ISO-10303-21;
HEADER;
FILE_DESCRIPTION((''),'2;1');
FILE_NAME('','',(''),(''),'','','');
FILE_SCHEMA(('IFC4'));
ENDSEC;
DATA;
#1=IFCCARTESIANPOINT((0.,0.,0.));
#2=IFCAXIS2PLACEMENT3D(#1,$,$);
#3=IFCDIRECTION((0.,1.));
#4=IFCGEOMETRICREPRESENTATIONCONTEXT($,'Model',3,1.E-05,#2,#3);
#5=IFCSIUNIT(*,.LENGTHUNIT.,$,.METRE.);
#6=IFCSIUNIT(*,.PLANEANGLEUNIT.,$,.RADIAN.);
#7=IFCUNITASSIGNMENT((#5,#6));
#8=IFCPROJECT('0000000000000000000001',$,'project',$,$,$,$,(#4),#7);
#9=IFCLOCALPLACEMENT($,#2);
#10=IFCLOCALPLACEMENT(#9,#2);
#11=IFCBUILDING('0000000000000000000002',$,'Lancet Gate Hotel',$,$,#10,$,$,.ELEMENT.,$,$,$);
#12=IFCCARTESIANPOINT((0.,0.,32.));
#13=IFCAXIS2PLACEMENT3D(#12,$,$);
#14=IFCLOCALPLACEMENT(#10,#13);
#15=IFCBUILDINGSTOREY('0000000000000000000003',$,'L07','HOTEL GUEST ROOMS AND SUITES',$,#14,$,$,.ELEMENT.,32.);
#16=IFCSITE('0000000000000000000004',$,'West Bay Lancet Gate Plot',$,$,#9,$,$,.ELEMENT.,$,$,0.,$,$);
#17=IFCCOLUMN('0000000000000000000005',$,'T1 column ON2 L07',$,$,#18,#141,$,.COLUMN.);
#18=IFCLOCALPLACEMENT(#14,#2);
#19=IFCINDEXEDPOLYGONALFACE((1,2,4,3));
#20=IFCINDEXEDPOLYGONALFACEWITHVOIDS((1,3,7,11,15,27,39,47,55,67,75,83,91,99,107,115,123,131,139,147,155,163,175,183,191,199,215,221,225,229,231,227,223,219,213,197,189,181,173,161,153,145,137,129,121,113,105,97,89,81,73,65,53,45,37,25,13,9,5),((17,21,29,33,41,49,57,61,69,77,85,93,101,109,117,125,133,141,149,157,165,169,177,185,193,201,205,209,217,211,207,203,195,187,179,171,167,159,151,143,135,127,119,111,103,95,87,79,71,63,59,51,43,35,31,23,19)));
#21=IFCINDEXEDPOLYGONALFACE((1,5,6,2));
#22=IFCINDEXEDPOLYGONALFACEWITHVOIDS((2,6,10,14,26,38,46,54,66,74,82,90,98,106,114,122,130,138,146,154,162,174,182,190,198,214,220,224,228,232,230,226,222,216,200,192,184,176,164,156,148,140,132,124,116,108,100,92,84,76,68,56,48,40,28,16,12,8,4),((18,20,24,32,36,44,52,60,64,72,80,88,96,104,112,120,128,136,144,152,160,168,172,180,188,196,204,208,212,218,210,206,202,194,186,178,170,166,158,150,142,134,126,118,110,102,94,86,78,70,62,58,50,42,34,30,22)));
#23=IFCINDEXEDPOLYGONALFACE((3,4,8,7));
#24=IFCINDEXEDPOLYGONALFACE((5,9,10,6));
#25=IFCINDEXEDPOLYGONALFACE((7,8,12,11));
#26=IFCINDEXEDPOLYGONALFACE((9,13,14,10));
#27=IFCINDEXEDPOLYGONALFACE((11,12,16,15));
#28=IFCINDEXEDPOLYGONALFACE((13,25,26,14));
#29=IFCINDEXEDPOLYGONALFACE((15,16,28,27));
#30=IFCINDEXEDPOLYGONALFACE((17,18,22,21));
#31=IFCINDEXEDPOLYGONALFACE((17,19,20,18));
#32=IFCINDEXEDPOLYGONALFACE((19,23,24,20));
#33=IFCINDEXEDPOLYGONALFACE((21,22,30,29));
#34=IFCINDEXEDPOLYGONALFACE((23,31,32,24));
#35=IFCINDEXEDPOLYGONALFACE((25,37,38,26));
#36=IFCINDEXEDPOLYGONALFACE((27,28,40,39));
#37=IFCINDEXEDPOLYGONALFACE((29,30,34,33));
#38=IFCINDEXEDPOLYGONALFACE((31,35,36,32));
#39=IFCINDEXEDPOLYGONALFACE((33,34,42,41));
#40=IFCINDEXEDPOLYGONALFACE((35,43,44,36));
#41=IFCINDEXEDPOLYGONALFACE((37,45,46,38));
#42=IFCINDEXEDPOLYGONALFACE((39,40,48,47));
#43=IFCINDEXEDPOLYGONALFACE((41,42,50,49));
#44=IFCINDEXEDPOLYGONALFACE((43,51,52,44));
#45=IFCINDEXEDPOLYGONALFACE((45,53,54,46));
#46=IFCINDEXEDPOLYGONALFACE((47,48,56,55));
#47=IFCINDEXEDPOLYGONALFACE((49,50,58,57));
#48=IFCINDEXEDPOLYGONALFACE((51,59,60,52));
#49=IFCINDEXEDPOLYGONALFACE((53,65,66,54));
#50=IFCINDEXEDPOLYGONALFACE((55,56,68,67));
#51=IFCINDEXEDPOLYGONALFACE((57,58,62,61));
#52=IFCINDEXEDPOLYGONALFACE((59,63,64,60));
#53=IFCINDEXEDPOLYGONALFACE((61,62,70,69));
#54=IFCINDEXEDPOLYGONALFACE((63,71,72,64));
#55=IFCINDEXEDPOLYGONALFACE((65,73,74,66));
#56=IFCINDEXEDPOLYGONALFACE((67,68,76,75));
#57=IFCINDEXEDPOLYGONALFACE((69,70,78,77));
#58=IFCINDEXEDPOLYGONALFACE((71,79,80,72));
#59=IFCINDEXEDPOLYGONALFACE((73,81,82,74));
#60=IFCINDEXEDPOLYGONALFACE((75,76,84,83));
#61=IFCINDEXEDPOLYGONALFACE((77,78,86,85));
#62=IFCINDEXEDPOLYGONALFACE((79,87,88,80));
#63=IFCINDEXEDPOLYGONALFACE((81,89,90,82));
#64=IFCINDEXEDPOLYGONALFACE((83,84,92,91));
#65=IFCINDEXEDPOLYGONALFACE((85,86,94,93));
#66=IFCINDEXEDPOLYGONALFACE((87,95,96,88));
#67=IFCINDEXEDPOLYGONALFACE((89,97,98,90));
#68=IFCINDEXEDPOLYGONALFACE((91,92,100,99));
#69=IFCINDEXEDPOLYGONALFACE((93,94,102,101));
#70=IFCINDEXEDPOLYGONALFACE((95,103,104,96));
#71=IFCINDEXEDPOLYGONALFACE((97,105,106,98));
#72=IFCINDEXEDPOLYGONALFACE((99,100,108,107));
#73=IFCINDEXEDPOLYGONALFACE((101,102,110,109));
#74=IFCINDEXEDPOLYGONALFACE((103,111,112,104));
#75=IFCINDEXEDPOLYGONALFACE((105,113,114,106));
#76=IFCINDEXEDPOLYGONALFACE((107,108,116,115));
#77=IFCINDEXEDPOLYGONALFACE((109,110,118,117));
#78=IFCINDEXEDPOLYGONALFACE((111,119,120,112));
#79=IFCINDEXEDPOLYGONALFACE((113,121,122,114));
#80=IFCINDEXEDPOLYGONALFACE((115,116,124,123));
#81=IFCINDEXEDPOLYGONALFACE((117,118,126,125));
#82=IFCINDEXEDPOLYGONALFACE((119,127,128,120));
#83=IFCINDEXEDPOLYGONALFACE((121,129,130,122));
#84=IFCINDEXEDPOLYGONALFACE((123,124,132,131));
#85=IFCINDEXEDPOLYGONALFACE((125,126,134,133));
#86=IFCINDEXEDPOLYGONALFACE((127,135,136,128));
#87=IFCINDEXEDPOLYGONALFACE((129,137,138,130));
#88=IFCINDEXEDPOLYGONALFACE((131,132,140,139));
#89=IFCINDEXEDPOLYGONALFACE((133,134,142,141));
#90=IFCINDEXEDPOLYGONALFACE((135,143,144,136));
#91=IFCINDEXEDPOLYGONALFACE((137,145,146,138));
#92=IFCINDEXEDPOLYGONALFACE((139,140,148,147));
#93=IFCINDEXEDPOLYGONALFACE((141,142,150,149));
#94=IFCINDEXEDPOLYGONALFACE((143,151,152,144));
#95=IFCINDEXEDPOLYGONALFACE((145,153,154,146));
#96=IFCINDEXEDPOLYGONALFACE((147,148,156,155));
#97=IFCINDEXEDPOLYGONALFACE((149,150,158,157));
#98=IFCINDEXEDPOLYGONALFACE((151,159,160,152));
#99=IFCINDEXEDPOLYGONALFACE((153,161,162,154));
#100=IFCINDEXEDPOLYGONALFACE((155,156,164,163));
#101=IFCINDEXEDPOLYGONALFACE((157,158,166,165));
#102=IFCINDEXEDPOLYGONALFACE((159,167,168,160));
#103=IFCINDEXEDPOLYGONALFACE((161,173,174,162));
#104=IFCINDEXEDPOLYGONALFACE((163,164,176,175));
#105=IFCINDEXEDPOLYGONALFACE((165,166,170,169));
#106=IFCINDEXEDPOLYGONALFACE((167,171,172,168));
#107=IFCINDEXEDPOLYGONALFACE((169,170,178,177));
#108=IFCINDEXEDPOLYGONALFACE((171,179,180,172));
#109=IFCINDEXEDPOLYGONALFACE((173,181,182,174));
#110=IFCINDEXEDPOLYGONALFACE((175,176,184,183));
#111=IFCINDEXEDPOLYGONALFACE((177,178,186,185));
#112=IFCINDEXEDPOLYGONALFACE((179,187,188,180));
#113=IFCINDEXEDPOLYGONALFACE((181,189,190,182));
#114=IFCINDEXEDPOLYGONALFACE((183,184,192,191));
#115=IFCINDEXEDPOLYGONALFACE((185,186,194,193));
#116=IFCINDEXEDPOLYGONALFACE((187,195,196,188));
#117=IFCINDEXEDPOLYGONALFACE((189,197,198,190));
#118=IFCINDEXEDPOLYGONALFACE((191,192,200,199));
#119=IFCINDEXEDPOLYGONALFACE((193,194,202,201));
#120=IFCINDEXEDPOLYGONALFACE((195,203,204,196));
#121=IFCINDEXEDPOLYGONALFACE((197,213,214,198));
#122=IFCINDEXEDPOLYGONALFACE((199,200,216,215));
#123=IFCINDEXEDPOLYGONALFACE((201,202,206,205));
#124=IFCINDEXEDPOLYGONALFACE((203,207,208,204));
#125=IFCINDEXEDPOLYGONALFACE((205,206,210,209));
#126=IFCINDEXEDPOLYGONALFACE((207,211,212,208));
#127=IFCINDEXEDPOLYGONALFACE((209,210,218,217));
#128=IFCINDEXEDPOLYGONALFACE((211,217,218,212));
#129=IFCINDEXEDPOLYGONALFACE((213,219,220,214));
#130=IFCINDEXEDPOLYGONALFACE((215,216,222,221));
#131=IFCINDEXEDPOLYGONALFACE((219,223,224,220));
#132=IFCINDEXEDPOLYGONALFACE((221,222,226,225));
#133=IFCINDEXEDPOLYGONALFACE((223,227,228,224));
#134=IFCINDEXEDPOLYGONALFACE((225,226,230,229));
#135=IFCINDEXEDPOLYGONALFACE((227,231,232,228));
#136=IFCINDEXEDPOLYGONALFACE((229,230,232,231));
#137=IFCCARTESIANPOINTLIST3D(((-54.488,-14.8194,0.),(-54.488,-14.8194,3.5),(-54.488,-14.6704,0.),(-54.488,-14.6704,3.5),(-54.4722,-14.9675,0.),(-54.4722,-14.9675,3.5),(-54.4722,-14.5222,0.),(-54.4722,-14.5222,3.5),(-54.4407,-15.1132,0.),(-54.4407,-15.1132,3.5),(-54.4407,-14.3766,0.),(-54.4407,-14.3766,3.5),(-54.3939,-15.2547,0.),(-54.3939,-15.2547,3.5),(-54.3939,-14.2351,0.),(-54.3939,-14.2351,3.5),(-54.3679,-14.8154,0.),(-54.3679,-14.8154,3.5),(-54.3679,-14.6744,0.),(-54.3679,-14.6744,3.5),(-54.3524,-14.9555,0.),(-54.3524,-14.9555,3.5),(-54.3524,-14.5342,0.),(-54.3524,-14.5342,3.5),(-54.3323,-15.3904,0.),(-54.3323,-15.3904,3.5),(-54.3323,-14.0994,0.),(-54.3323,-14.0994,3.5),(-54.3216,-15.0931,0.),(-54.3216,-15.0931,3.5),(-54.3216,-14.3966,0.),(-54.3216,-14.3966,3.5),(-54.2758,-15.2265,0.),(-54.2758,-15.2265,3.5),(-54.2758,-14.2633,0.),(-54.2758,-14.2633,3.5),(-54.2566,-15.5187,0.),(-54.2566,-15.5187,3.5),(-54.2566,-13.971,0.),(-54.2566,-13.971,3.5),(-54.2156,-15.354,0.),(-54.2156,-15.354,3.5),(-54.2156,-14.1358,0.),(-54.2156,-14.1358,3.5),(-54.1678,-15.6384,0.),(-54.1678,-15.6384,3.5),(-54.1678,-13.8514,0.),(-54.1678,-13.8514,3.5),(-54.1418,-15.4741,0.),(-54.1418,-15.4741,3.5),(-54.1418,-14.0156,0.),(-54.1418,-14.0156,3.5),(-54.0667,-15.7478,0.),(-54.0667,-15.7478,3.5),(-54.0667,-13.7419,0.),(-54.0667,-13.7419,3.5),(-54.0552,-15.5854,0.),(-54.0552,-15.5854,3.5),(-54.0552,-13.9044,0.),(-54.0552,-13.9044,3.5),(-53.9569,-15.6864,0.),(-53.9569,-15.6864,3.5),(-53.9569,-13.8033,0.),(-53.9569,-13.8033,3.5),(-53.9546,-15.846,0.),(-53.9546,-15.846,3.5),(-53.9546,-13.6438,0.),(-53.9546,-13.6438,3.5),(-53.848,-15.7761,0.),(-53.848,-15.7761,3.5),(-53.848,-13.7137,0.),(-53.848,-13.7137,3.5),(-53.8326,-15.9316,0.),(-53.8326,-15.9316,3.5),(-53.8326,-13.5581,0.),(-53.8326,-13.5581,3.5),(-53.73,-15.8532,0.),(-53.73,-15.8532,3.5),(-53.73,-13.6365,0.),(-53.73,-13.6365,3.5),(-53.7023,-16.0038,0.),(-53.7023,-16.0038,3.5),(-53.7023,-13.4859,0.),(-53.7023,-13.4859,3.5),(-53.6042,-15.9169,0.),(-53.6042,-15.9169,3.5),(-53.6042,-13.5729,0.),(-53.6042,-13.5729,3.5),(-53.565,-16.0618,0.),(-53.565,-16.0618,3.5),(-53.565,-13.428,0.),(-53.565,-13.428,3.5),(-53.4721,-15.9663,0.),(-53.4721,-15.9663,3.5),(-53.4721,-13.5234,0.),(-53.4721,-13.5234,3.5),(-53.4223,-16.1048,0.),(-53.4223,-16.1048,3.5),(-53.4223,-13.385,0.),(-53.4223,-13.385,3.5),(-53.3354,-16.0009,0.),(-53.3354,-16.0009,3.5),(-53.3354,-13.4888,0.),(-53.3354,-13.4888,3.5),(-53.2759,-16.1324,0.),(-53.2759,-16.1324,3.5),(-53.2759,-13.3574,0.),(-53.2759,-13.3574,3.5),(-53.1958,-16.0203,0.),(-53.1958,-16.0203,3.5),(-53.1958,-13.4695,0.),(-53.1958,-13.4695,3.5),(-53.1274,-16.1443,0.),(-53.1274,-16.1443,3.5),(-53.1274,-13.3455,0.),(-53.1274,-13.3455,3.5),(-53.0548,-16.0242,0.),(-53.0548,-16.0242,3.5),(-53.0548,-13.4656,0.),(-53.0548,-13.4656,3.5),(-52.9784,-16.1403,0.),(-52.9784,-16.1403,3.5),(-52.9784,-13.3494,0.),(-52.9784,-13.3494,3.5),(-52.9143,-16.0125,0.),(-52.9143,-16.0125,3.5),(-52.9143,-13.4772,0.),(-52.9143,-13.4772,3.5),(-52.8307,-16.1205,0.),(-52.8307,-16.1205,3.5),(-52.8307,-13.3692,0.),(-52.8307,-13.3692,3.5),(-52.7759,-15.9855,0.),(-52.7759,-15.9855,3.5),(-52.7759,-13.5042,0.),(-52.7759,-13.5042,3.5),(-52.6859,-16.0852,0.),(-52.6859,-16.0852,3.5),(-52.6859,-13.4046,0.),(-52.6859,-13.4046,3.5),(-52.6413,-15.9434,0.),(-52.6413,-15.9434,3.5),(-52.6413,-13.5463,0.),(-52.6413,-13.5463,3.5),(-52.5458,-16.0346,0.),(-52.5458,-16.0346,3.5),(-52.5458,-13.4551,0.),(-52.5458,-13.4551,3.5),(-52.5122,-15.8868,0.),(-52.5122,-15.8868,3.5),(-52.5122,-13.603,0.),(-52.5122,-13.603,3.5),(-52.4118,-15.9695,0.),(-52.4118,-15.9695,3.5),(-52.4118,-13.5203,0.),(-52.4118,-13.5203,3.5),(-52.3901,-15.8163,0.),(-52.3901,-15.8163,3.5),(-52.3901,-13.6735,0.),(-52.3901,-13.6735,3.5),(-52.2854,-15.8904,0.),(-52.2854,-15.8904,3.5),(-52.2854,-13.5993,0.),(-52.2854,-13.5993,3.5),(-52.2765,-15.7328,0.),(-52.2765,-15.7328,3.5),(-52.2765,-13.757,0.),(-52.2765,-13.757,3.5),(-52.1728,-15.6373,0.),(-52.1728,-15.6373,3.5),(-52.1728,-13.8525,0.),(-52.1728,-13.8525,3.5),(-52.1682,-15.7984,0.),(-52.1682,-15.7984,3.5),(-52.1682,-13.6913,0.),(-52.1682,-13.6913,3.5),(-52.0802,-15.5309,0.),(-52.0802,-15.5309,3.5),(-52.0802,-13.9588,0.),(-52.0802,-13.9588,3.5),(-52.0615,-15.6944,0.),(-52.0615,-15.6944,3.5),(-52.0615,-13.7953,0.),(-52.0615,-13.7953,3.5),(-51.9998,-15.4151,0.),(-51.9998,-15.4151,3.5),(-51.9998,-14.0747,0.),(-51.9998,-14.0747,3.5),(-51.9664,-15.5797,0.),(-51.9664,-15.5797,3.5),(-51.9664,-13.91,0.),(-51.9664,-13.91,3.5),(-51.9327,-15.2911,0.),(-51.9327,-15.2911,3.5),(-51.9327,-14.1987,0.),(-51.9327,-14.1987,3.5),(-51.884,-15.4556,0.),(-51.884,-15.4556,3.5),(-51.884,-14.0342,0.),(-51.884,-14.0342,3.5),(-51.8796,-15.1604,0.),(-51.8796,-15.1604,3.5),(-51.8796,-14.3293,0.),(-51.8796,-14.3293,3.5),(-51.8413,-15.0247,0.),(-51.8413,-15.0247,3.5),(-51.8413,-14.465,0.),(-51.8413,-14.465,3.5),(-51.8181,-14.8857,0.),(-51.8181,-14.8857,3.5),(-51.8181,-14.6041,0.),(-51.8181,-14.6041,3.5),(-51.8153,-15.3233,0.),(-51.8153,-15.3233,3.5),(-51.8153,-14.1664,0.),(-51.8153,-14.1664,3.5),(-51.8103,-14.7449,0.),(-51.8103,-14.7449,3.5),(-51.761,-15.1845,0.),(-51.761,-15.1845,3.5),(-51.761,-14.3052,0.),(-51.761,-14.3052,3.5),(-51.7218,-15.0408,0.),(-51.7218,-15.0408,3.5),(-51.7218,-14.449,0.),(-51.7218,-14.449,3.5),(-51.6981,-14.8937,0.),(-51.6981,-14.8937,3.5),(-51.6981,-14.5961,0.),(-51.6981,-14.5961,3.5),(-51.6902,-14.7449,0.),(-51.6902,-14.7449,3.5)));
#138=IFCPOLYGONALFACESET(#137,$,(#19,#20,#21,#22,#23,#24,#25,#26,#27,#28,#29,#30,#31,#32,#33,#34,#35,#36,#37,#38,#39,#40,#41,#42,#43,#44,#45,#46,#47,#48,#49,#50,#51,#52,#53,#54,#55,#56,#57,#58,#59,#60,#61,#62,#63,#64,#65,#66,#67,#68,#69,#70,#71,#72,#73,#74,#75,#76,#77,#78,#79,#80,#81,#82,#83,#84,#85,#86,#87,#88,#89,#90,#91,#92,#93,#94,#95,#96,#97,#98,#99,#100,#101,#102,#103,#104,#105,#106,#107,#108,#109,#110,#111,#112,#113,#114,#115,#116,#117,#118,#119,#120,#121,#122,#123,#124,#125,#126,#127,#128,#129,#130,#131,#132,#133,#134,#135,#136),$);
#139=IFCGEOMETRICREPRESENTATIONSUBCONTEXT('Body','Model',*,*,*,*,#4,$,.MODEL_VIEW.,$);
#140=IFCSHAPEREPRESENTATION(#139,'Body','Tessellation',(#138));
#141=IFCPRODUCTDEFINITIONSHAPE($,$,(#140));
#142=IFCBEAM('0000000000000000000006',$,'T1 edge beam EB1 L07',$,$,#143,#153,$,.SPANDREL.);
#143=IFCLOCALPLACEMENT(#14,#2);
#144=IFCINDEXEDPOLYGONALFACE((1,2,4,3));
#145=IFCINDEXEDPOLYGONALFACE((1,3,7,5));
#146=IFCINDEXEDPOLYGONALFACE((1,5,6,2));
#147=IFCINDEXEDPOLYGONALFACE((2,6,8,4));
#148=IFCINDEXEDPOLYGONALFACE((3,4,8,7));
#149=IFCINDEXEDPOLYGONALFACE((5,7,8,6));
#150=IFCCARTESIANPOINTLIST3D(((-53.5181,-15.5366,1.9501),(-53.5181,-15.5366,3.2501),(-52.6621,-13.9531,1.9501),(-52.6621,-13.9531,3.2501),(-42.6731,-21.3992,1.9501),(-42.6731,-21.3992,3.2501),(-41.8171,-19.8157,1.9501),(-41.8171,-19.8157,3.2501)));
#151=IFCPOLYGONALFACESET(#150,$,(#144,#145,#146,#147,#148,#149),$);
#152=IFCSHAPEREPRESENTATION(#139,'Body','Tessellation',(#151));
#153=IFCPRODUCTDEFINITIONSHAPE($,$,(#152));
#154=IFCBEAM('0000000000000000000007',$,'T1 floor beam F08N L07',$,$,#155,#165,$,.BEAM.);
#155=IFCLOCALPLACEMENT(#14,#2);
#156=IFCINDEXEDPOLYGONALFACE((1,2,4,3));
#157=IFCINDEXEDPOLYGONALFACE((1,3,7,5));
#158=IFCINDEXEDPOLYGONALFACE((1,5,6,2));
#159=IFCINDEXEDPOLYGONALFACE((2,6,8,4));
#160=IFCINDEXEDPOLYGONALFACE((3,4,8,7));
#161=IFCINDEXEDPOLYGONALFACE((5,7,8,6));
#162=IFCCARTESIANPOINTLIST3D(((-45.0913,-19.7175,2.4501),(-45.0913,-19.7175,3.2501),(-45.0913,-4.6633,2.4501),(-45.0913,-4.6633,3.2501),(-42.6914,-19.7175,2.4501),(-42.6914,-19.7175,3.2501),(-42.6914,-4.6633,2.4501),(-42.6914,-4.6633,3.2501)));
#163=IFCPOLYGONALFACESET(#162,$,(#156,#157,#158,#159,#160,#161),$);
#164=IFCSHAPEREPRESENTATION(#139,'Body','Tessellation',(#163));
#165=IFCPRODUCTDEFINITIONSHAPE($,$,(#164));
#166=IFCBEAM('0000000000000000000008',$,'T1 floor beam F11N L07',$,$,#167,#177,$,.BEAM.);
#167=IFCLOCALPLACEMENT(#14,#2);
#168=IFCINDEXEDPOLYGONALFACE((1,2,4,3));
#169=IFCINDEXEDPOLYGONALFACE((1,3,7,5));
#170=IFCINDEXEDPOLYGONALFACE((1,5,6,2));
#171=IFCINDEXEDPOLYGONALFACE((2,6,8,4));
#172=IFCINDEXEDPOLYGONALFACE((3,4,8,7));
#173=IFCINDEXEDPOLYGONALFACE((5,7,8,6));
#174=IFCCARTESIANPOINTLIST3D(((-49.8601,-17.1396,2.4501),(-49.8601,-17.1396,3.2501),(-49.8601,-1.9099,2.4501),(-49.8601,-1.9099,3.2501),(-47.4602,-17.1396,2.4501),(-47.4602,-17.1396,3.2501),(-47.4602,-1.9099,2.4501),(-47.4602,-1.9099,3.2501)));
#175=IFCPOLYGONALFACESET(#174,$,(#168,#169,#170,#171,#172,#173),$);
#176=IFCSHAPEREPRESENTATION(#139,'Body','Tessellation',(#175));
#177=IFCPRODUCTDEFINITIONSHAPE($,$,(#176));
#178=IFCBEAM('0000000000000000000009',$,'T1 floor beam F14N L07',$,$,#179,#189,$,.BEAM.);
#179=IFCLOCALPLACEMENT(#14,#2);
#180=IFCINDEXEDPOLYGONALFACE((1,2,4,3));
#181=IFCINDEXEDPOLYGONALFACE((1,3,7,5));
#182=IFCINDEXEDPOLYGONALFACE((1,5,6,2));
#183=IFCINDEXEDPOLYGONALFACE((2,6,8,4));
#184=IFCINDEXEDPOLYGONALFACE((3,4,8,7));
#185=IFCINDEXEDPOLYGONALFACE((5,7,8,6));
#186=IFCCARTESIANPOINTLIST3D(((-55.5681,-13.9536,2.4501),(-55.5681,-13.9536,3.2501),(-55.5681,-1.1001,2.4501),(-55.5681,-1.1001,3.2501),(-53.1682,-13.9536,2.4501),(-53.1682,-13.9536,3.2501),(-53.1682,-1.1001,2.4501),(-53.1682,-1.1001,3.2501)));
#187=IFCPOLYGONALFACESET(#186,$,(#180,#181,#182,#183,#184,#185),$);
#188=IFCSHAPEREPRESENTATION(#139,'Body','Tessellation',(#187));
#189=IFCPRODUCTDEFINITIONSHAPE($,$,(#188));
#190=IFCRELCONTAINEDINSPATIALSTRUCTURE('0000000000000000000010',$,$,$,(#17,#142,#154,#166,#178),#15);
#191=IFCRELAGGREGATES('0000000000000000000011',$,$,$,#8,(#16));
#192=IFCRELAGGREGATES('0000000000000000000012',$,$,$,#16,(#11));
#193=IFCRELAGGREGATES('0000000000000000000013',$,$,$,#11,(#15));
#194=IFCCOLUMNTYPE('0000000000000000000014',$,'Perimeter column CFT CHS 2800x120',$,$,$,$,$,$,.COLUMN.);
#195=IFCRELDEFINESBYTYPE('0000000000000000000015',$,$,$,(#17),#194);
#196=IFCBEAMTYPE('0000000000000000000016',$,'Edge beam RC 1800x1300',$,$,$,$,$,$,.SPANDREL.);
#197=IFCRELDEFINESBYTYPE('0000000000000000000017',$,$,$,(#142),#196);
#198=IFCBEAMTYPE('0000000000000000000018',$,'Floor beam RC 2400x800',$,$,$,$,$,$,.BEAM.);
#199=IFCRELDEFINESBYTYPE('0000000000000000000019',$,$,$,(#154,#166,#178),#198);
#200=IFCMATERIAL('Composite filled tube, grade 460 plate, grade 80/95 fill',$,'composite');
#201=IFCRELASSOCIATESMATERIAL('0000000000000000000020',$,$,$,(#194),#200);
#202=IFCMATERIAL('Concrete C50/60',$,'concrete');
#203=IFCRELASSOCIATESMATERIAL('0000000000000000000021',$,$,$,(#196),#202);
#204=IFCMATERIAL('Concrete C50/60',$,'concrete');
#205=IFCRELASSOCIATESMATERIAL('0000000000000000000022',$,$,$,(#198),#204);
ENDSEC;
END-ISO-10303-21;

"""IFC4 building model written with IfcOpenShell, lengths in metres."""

from ifc_helpers import new_model, si_unit, direction, frame, origin, origin_2d, place, context, subcontext, project, spatial, rectangle, hollow_circle, extrude, material, material_profile, profile_set, type_object, element, save


model = new_model("IFC4")

# Units and contexts
model_context = context("Model", 3, precision=1e-05, world=origin(), true_north=direction((0.0, 1.0)))
body_context = subcontext(model_context, "Body", "Model", "MODEL_VIEW")
ifc_project = project(units=[si_unit("LENGTHUNIT", "METRE"), si_unit("PLANEANGLEUNIT", "RADIAN")], contexts=[model_context])

# Site, building, storey
site_placement = place(None, origin())
site = spatial("IfcSite", under=ifc_project, at=site_placement, Name="West Bay Lancet Gate Plot", CompositionType="ELEMENT", RefElevation=0.0)
building_placement = place(site_placement, origin())
building = spatial("IfcBuilding", under=site, at=building_placement, Name="Lancet Gate Hotel", CompositionType="ELEMENT")
storey_placement = place(building_placement, frame((0.0, 0.0, 32.0)))
storey = spatial("IfcBuildingStorey", under=building, at=storey_placement, Name="L07", Description="HOTEL GUEST ROOMS AND SUITES", CompositionType="ELEMENT", Elevation=32.0)

# Column
ifc_material_1 = material(Name="Composite filled tube, grade 460 plate, grade 80/95 fill", Category="composite")
ifc_material_profile_1 = material_profile(ifc_material_1, hollow_circle(Radius=1.3999, WallThickness=0.1201, at=origin_2d()), Name="CHS 2800x120")
ifc_profile_set_1 = profile_set([ifc_material_profile_1], Name="Composite filled tube, grade 460 plate, grade 80/95 fill")
column_type = type_object("IfcColumnType", Name="Perimeter column CFT CHS 2800x120", PredefinedType="COLUMN", material=ifc_profile_set_1)
column_placement = place(storey_placement, frame((-53.0901, -14.7449, 0.0), z_axis=(0.0, 0.0, 1.0), x_axis=(1.0, 0.0, 0.0)))
element("IfcColumn", 1, at=column_placement, inside=storey, type_object=column_type, Name="T1 column ON2 L07", PredefinedType="COLUMN", context=body_context, shape_type="SweptSolid", body=[
    extrude(hollow_circle(Radius=1.3999, WallThickness=0.1201, at=origin_2d()), origin(), (0.0, 0.0, 1.0), 3.5),
])

# Beams
ifc_material_2 = material(Name="Concrete C50/60", Category="concrete")
ifc_material_profile_2 = material_profile(ifc_material_2, rectangle(XDim=1.8, YDim=1.3, at=origin_2d()), Name="RC 1800x1300")
ifc_profile_set_2 = profile_set([ifc_material_profile_2], Name="Concrete C50/60")
beam_type_1 = type_object("IfcBeamType", Name="Edge beam RC 1800x1300", PredefinedType="SPANDREL", material=ifc_profile_set_2)
beam_1_placement = place(storey_placement, frame((-53.0901, -14.7449, 2.6001), z_axis=(0.879693, -0.475542, 0.0), x_axis=(0.475542, 0.879693, 0.0)))
element("IfcBeam", 2, at=beam_1_placement, inside=storey, type_object=beam_type_1, Name="T1 edge beam EB1 L07", PredefinedType="SPANDREL", context=body_context, shape_type="SweptSolid", body=[
    extrude(rectangle(XDim=1.8, YDim=1.3, at=origin_2d()), origin(), (0.0, 0.0, 1.0), 12.3281),
])
ifc_material_3 = material(Name="Concrete C50/60", Category="concrete")
ifc_material_profile_3 = material_profile(ifc_material_3, rectangle(XDim=2.3999, YDim=0.8, at=origin_2d()), Name="RC 2400x800")
ifc_profile_set_3 = profile_set([ifc_material_profile_3], Name="Concrete C50/60")
beam_type_2 = type_object("IfcBeamType", Name="Floor beam RC 2400x800", PredefinedType="BEAM", material=ifc_profile_set_3)
beam_2_placement = place(storey_placement, frame((-43.8914, -4.6633, 2.8501), z_axis=(0.0, -1.0, 0.0), x_axis=(1.0, 0.0, 0.0)))
element("IfcBeam", 3, at=beam_2_placement, inside=storey, type_object=beam_type_2, Name="T1 floor beam F08N L07", PredefinedType="BEAM", context=body_context, shape_type="SweptSolid", body=[
    extrude(rectangle(XDim=2.3999, YDim=0.8, at=origin_2d()), origin(), (0.0, 0.0, 1.0), 15.0542),
])
beam_3_placement = place(storey_placement, frame((-48.6602, -1.9099, 2.8501), z_axis=(0.0, -1.0, 0.0), x_axis=(1.0, 0.0, 0.0)))
element("IfcBeam", 4, at=beam_3_placement, inside=storey, type_object=beam_type_2, Name="T1 floor beam F11N L07", PredefinedType="BEAM", context=body_context, shape_type="SweptSolid", body=[
    extrude(rectangle(XDim=2.3999, YDim=0.8, at=origin_2d()), origin(), (0.0, 0.0, 1.0), 15.2297),
])
beam_4_placement = place(storey_placement, frame((-54.3682, -1.1001, 2.8501), z_axis=(0.0, -1.0, 0.0), x_axis=(1.0, 0.0, 0.0)))
element("IfcBeam", 5, at=beam_4_placement, inside=storey, type_object=beam_type_2, Name="T1 floor beam F14N L07", PredefinedType="BEAM", context=body_context, shape_type="SweptSolid", body=[
    extrude(rectangle(XDim=2.3999, YDim=0.8, at=origin_2d()), origin(), (0.0, 0.0, 1.0), 12.8535),
])

save(model, "model.ifc")
